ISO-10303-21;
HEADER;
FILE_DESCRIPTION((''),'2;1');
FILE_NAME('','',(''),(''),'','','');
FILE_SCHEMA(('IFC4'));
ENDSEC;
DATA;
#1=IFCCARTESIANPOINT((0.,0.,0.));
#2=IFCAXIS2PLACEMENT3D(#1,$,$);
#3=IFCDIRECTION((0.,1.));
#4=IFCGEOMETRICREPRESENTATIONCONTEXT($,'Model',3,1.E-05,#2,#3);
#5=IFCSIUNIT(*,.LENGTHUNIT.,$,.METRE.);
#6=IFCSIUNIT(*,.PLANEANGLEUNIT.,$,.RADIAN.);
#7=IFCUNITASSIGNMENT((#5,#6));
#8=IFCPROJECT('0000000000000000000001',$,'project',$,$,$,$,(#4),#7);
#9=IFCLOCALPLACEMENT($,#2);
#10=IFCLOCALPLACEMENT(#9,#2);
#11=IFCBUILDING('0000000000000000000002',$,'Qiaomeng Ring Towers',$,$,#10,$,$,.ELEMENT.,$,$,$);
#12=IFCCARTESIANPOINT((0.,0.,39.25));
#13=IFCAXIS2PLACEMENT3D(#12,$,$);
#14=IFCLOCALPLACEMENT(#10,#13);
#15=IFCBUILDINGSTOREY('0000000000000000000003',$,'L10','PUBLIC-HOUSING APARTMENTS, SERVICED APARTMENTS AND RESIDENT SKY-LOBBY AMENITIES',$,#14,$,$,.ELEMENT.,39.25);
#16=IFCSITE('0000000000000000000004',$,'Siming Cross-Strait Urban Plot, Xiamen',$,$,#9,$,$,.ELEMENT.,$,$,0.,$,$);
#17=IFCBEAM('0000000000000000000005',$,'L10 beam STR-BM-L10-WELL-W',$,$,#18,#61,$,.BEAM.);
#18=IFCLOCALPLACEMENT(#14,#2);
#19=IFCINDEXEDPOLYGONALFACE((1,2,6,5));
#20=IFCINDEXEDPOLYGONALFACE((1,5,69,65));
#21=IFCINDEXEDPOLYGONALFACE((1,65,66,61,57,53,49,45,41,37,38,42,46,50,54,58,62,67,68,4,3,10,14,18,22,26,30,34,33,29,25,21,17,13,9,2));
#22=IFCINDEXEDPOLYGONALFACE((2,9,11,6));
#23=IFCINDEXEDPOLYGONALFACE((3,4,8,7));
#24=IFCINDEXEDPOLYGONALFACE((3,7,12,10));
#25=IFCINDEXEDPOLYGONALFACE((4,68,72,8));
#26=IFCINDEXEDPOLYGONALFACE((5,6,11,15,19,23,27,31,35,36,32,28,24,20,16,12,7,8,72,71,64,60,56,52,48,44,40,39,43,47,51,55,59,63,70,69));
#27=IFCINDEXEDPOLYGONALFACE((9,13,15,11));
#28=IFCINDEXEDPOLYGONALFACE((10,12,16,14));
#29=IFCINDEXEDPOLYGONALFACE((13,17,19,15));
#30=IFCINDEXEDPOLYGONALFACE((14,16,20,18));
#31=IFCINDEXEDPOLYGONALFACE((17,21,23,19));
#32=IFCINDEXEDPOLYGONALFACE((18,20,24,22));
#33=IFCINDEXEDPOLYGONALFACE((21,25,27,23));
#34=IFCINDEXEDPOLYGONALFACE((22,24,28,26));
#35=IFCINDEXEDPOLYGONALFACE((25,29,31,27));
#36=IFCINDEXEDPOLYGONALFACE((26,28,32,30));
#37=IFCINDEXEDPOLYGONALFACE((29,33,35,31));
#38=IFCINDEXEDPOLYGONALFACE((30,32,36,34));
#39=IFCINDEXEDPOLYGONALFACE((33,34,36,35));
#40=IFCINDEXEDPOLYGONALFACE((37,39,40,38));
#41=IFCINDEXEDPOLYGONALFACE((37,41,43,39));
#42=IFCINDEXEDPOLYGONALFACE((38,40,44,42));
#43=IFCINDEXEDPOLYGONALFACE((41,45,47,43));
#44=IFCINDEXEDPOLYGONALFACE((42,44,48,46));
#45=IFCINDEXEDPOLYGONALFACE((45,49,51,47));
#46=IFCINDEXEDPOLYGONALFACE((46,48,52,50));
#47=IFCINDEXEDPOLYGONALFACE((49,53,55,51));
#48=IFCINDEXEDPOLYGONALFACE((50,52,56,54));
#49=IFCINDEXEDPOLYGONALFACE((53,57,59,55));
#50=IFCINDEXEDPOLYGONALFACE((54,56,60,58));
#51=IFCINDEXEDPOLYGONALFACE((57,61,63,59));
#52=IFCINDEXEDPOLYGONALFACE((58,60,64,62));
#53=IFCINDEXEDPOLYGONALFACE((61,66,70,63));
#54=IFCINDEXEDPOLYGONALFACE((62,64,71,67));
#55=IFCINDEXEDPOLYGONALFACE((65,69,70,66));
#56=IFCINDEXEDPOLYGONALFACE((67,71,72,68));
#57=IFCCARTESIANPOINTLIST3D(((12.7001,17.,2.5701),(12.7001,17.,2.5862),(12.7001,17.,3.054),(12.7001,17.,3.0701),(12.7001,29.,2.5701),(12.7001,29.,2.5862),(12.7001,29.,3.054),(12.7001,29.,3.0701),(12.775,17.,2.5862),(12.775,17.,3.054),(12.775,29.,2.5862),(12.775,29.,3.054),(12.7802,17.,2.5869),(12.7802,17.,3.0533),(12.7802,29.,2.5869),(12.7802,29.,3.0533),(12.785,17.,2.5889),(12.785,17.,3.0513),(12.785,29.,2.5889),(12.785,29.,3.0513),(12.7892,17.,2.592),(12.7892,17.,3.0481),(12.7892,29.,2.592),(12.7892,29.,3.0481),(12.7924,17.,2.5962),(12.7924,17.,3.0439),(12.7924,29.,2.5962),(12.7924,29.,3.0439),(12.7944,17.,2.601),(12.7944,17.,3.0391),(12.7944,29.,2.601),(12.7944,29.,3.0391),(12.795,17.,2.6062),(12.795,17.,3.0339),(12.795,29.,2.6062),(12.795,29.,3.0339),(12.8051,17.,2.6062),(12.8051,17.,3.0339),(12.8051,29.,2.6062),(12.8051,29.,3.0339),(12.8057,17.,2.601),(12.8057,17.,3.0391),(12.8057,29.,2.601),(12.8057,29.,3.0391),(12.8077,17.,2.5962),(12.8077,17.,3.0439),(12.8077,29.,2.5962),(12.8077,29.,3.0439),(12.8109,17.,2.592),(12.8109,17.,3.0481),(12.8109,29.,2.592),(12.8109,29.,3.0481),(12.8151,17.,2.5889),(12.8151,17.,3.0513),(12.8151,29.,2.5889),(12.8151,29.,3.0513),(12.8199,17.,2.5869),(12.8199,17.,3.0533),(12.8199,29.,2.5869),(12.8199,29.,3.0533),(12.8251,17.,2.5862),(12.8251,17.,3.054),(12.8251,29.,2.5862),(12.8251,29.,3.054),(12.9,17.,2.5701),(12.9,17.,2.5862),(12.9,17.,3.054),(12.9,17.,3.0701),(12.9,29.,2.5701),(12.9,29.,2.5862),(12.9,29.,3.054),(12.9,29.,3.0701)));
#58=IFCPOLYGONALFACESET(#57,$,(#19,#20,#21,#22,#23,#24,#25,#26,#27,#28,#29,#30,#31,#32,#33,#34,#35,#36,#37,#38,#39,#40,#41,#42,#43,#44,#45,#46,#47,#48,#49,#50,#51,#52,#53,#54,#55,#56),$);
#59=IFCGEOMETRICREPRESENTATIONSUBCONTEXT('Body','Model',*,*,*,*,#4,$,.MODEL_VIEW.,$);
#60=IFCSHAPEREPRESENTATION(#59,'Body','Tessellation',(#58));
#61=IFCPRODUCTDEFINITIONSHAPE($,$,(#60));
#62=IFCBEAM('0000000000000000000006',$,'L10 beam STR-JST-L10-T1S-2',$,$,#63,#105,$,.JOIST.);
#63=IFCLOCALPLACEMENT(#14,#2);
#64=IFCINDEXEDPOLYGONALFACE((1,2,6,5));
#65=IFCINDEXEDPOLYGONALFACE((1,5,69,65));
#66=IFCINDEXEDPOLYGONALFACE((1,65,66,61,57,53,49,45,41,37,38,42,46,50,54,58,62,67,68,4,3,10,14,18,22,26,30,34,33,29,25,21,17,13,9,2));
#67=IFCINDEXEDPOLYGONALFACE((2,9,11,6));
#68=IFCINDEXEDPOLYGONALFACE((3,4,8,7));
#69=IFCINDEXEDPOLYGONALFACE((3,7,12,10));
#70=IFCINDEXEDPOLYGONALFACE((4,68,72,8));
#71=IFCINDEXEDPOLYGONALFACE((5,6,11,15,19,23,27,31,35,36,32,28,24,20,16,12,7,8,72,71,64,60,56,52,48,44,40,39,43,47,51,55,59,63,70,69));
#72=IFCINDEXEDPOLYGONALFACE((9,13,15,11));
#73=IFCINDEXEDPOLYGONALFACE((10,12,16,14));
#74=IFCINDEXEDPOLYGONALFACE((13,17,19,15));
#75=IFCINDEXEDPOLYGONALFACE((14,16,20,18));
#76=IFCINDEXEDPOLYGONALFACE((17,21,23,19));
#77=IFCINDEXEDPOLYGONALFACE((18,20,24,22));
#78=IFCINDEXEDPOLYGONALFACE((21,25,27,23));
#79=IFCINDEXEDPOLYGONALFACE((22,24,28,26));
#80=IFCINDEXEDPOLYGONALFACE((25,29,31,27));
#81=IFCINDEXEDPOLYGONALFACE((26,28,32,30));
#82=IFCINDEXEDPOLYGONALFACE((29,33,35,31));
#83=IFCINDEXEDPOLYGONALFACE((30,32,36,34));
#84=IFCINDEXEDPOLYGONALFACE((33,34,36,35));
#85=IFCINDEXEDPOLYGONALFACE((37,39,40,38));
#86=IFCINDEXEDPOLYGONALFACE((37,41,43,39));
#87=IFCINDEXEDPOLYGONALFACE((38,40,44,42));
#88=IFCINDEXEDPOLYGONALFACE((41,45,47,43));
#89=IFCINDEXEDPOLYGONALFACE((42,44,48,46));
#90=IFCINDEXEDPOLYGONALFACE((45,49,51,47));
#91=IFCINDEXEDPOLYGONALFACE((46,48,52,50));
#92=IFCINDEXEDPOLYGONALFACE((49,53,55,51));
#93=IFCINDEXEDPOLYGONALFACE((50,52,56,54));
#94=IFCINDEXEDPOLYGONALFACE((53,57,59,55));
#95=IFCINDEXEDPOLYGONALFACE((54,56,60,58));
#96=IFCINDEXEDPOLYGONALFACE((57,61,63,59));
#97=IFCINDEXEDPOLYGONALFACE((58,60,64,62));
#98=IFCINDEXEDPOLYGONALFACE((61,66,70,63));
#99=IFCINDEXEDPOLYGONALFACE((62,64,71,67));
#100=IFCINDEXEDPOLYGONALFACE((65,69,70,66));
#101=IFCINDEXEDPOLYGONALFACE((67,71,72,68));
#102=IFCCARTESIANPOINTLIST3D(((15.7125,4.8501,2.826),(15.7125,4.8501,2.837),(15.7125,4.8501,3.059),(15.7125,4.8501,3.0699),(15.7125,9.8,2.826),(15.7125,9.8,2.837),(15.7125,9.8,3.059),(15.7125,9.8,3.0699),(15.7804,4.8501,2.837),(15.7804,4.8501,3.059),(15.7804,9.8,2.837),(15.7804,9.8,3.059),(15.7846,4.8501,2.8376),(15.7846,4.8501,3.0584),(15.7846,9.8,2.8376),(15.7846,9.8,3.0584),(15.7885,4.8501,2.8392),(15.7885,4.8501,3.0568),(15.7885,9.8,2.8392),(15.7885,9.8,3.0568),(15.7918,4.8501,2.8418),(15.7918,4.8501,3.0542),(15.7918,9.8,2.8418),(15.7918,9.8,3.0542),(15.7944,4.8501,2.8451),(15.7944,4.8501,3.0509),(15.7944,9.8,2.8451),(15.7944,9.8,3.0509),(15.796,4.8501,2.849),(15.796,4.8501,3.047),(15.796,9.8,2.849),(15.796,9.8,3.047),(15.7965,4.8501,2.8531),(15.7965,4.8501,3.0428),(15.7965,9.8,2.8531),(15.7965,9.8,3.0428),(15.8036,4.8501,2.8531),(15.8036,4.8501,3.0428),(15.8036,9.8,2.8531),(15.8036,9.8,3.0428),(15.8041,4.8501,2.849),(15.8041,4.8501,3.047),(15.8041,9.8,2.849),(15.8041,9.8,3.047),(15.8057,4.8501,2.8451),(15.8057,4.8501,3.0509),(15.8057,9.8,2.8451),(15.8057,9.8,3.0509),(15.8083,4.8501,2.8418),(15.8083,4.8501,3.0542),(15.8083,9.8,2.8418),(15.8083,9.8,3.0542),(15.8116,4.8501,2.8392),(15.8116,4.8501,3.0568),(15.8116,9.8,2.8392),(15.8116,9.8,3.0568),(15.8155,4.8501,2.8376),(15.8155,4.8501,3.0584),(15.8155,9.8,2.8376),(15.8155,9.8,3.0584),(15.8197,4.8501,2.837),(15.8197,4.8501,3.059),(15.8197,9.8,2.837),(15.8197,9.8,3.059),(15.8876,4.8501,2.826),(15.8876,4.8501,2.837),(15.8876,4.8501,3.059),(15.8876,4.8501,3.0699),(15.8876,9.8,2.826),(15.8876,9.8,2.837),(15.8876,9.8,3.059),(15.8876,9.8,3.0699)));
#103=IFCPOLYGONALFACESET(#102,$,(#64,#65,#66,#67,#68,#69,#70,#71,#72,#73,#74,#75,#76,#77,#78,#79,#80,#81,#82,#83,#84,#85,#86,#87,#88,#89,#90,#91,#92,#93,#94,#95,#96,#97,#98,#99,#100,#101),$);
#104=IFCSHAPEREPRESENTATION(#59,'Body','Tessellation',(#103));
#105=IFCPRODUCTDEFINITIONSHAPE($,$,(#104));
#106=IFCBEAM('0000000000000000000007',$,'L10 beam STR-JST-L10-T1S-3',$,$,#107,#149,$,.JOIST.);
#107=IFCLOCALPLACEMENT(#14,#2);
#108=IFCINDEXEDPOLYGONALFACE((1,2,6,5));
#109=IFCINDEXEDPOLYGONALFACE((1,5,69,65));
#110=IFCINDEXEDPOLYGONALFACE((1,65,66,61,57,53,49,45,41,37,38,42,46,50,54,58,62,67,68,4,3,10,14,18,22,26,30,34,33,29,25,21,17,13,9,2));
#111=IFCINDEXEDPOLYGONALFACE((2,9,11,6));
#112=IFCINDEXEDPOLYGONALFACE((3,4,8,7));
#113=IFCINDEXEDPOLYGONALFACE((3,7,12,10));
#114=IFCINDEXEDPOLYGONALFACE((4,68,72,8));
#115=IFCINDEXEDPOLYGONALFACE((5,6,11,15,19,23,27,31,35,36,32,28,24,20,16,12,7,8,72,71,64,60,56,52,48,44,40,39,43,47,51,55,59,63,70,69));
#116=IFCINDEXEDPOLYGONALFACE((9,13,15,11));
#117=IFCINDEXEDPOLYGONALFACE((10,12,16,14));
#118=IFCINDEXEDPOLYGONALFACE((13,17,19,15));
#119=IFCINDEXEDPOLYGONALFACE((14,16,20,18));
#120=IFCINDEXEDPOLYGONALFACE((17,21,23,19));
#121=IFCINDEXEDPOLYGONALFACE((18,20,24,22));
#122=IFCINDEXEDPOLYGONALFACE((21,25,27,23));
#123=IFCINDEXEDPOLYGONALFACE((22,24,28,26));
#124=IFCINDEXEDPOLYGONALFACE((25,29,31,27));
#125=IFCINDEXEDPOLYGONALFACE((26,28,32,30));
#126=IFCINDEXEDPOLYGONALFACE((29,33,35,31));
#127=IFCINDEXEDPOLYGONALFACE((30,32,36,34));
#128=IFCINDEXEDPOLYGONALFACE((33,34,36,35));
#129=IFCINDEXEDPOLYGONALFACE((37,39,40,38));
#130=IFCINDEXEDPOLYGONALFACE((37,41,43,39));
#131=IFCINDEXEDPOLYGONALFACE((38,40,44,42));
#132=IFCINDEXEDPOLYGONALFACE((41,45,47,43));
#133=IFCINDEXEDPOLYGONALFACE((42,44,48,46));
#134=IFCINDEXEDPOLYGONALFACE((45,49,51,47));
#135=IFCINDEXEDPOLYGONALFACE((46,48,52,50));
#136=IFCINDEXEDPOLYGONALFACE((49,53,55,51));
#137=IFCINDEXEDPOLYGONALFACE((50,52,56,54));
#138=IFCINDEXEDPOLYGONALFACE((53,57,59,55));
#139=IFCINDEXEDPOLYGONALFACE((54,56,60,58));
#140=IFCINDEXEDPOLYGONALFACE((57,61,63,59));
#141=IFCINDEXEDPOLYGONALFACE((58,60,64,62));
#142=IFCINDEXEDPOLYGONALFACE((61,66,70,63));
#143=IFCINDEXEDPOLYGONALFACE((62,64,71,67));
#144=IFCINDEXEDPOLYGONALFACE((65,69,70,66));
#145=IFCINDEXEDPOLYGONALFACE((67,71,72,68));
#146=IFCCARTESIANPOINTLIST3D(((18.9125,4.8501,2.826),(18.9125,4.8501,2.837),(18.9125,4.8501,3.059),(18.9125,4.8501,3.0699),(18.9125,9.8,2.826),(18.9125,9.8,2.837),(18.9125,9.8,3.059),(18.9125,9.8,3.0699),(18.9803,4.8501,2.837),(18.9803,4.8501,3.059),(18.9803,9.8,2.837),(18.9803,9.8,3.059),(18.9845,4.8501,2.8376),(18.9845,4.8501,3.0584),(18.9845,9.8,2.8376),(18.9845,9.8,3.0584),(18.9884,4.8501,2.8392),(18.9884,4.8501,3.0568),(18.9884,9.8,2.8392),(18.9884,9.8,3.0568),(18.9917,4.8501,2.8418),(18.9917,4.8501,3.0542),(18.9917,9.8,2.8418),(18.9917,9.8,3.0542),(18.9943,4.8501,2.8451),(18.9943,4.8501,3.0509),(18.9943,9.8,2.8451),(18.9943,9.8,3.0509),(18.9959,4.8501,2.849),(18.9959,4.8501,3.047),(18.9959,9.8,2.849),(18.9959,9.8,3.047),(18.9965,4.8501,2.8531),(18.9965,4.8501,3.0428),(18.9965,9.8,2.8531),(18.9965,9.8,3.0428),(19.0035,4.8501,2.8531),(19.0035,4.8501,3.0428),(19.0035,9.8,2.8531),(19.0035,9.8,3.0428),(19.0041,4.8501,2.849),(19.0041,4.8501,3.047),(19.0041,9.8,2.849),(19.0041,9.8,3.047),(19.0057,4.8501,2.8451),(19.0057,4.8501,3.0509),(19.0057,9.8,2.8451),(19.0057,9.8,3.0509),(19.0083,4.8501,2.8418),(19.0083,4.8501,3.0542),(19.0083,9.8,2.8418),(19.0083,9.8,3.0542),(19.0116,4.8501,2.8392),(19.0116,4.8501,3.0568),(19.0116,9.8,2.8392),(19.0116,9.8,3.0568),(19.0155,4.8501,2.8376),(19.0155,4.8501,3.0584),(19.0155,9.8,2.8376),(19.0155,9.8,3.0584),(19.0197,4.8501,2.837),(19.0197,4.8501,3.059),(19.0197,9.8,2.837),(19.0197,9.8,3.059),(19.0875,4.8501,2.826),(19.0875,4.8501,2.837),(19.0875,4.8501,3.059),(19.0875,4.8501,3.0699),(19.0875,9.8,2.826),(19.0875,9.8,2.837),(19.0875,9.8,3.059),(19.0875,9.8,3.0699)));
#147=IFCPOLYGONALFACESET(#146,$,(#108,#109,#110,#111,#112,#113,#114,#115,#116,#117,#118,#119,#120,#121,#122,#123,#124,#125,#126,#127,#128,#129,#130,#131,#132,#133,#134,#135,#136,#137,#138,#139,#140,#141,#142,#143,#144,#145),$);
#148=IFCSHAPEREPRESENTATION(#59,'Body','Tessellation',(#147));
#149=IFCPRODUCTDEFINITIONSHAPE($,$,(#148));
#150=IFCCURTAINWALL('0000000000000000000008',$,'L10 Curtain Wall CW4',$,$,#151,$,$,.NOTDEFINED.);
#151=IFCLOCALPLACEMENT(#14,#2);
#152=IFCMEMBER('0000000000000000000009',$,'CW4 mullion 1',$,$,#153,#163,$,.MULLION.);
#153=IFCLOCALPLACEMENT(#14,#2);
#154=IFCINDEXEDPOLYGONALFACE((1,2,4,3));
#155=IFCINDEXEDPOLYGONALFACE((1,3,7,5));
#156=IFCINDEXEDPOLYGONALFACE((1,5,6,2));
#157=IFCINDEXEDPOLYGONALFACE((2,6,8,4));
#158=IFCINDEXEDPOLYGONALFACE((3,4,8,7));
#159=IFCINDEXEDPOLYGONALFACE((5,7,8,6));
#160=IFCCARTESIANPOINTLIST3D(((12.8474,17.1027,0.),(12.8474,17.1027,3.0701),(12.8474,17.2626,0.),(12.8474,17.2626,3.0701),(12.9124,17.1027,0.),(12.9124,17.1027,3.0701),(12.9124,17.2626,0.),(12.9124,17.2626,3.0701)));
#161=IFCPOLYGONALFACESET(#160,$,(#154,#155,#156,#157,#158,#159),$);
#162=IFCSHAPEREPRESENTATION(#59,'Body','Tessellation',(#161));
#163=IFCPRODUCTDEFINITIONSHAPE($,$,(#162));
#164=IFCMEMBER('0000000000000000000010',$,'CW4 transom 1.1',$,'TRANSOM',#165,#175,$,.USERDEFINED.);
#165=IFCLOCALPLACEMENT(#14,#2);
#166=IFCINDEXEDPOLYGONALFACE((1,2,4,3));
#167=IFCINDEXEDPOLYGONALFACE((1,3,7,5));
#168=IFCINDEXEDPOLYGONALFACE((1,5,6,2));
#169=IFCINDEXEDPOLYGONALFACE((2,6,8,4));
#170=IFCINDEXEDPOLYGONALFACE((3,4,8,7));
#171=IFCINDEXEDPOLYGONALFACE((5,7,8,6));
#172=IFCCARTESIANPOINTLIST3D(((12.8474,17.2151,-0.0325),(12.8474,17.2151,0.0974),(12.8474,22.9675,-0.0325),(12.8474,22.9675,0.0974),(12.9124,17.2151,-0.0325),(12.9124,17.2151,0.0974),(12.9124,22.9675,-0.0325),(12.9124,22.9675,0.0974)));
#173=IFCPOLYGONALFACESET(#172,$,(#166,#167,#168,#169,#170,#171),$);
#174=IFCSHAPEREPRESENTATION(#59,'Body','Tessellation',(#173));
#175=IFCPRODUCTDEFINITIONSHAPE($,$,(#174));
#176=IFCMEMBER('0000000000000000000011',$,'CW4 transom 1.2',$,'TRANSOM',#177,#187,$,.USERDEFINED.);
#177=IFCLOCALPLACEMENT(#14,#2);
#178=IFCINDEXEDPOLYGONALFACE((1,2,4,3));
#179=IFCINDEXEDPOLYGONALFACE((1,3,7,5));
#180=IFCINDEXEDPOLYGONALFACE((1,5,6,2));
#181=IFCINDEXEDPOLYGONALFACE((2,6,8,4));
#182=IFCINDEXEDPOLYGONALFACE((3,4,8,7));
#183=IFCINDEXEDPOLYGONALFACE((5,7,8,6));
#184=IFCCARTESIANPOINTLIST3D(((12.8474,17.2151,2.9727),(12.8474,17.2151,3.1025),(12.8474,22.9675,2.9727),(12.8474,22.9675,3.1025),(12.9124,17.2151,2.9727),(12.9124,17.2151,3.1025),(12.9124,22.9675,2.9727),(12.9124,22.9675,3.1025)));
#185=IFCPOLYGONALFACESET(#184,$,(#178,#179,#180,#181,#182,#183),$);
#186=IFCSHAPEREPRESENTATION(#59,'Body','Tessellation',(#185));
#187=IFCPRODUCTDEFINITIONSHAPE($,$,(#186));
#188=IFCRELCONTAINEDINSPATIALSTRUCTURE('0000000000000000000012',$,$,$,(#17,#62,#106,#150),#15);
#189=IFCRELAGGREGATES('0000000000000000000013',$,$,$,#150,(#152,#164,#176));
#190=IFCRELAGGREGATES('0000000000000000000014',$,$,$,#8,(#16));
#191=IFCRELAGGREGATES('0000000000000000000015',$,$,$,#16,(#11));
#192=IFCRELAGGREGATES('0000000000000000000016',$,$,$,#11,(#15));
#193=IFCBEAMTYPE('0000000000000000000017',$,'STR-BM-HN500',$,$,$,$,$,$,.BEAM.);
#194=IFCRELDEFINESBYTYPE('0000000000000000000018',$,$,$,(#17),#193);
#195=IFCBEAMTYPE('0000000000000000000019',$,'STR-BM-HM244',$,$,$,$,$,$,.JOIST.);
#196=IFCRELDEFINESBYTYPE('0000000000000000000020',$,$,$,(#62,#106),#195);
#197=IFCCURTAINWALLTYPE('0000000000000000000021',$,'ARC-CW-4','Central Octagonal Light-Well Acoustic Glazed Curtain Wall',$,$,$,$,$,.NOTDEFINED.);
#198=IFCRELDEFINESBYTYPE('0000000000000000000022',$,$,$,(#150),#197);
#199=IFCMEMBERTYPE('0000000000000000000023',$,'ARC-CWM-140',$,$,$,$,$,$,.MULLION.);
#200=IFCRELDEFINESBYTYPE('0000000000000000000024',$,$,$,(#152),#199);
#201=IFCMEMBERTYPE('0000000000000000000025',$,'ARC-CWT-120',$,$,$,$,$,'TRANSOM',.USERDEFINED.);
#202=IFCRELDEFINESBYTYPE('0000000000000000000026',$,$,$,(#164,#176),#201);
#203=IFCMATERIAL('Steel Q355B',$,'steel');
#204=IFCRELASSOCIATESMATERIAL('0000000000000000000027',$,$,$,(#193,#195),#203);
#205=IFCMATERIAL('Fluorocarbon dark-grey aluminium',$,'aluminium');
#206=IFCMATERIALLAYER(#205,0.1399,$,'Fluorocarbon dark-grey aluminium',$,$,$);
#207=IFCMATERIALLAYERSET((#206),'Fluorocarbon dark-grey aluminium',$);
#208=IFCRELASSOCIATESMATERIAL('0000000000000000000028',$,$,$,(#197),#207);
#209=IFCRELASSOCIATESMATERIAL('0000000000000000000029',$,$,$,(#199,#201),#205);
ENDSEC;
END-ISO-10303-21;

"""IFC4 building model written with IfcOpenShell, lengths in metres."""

from ifc_helpers import new_model, si_unit, direction, frame, origin, origin_2d, place, context, subcontext, project, spatial, rectangle, i_section, extrude, source, transform, mapped, material, layer, layer_set, material_profile, profile_set, type_object, element, aggregate, save


model = new_model("IFC4")

# Units and contexts
model_context = context("Model", 3, precision=1e-05, world=origin(), true_north=direction((0.0, 1.0)))
body_context = subcontext(model_context, "Body", "Model", "MODEL_VIEW")
ifc_project = project(units=[si_unit("LENGTHUNIT", "METRE"), si_unit("PLANEANGLEUNIT", "RADIAN")], contexts=[model_context])

# Site, building, storey
site_placement = place(None, origin())
site = spatial("IfcSite", under=ifc_project, at=site_placement, Name="Siming Cross-Strait Urban Plot, Xiamen", CompositionType="ELEMENT", RefElevation=0.0)
building_placement = place(site_placement, origin())
building = spatial("IfcBuilding", under=site, at=building_placement, Name="Qiaomeng Ring Towers", CompositionType="ELEMENT")
storey_placement = place(building_placement, frame((0.0, 0.0, 39.25)))
storey = spatial("IfcBuildingStorey", under=building, at=storey_placement, Name="L10", Description="PUBLIC-HOUSING APARTMENTS, SERVICED APARTMENTS AND RESIDENT SKY-LOBBY AMENITIES", CompositionType="ELEMENT", Elevation=39.25)

# Beams
ifc_material_1 = material(Name="Steel Q355B", Category="steel")
ifc_material_profile_1 = material_profile(ifc_material_1, i_section(OverallWidth=0.2, OverallDepth=0.5, WebThickness=0.01, FlangeThickness=0.0161, FilletRadius=0.02, at=origin_2d()), Name="HN 500x200x10x16")
ifc_profile_set_1 = profile_set([ifc_material_profile_1], Name="Steel Q355B")
beam_type_1 = type_object("IfcBeamType", Name="STR-BM-HN500", PredefinedType="BEAM", material=ifc_profile_set_1)
shared_shape_1 = source(origin(), body_context, "Body", "SweptSolid", [
    extrude(i_section(OverallWidth=0.2, OverallDepth=0.5, WebThickness=0.01, FlangeThickness=0.0161, FilletRadius=0.02, at=origin_2d()), origin(), (0.0, 0.0, 1.0), 12.0),
])
beam_placement = place(storey_placement, frame((12.8, 17.0, 2.8201), z_axis=(0.0, 1.0, 0.0), x_axis=(-1.0, 0.0, 0.0)))
element("IfcBeam", 1, at=beam_placement, inside=storey, type_object=beam_type_1, Name="L10 beam STR-BM-L10-WELL-W", PredefinedType="BEAM", context=body_context, shape_type="MappedRepresentation", body=[
    mapped(shared_shape_1, transform((0.0, 0.0, 0.0), x_axis=(1.0, 0.0, 0.0), y_axis=(0.0, 1.0, 0.0), z_axis=(0.0, 0.0, 1.0), scale=1.0)),
])
ifc_material_profile_2 = material_profile(ifc_material_1, i_section(OverallWidth=0.175, OverallDepth=0.2439, WebThickness=0.0071, FlangeThickness=0.011, FilletRadius=0.0161, at=origin_2d()), Name="HM 244x175x7x11")
ifc_profile_set_2 = profile_set([ifc_material_profile_2], Name="Steel Q355B")
beam_type_2 = type_object("IfcBeamType", Name="STR-BM-HM244", PredefinedType="JOIST", material=ifc_profile_set_2)
shared_shape_2 = source(origin(), body_context, "Body", "SweptSolid", [
    extrude(i_section(OverallWidth=0.175, OverallDepth=0.2439, WebThickness=0.0071, FlangeThickness=0.011, FilletRadius=0.0161, at=origin_2d()), origin(), (0.0, 0.0, 1.0), 4.95),
])
for number, where, z_axis, x_axis, name in (
    (2, (15.8, 4.8501, 2.948), (0.0, 1.0, 0.0), (-1.0, 0.0, 0.0), "L10 beam STR-JST-L10-T1S-2"),
    (3, (19.0, 4.8501, 2.948), (0.0, 1.0, 0.0), (-1.0, 0.0, 0.0), "L10 beam STR-JST-L10-T1S-3"),
):
    element("IfcBeam", number, at=place(storey_placement, frame(where, z_axis=z_axis, x_axis=x_axis)), inside=storey, type_object=beam_type_2, Name=name, PredefinedType="JOIST", context=body_context, shape_type="MappedRepresentation", body=[
        mapped(shared_shape_2, transform((0.0, 0.0, 0.0), x_axis=(1.0, 0.0, 0.0), y_axis=(0.0, 1.0, 0.0), z_axis=(0.0, 0.0, 1.0), scale=1.0)),
    ])

# Curtain wall, members
ifc_material_2 = material(Name="Fluorocarbon dark-grey aluminium", Category="aluminium")
ifc_layer_1 = layer(ifc_material_2, 0.1399, Name="Fluorocarbon dark-grey aluminium")
ifc_layer_set_1 = layer_set([ifc_layer_1], Name="Fluorocarbon dark-grey aluminium")
curtain_wall_type = type_object("IfcCurtainWallType", Name="ARC-CW-4", Description="Central Octagonal Light-Well Acoustic Glazed Curtain Wall", PredefinedType="NOTDEFINED", material=ifc_layer_set_1)
curtain_wall_placement = place(storey_placement, origin())
curtain_wall = element("IfcCurtainWall", 4, at=curtain_wall_placement, inside=storey, type_object=curtain_wall_type, Name="L10 Curtain Wall CW4", PredefinedType="NOTDEFINED")
ifc_material_profile_3 = material_profile(ifc_material_2, rectangle(XDim=0.0649, YDim=0.1599, at=origin_2d()), Name="ALU MULL 65x160")
ifc_profile_set_3 = profile_set([ifc_material_profile_3], Name="Fluorocarbon dark-grey aluminium")
member_type_1 = type_object("IfcMemberType", Name="ARC-CWM-140", PredefinedType="MULLION", material=ifc_profile_set_3)
shared_shape_3 = source(origin(), body_context, "Body", "SweptSolid", [
    extrude(rectangle(XDim=0.0649, YDim=0.1599, at=origin_2d()), origin(), (0.0, 0.0, 1.0), 3.0701),
])
member_1_placement = place(storey_placement, frame((12.8799, 17.1826, 0.0), z_axis=(0.0, 0.0, 1.0), x_axis=(-1.0, 0.0, 0.0)))
member_1 = element("IfcMember", 5, at=member_1_placement, type_object=member_type_1, Name="CW4 mullion 1", PredefinedType="MULLION", context=body_context, shape_type="MappedRepresentation", body=[
    mapped(shared_shape_3, transform((0.0, 0.0, 0.0), x_axis=(1.0, 0.0, 0.0), y_axis=(0.0, 1.0, 0.0), z_axis=(0.0, 0.0, 1.0), scale=1.0)),
])
ifc_material_profile_4 = material_profile(ifc_material_2, rectangle(XDim=0.0649, YDim=0.1299, at=origin_2d()), Name="ALU TRAN 65x130")
ifc_profile_set_4 = profile_set([ifc_material_profile_4], Name="Fluorocarbon dark-grey aluminium")
member_type_2 = type_object("IfcMemberType", Name="ARC-CWT-120", ElementType="TRANSOM", PredefinedType="USERDEFINED", material=ifc_profile_set_4)
shared_shape_4 = source(origin(), body_context, "Body", "SweptSolid", [
    extrude(rectangle(XDim=0.0649, YDim=0.1299, at=origin_2d()), origin(), (0.0, 0.0, 1.0), 5.7524),
])
member_2_placement = place(storey_placement, frame((12.8799, 17.2151, 0.0325), z_axis=(0.0, 1.0, 0.0), x_axis=(-1.0, 0.0, 0.0)))
member_2 = element("IfcMember", 6, at=member_2_placement, type_object=member_type_2, Name="CW4 transom 1.1", ObjectType="TRANSOM", PredefinedType="USERDEFINED", context=body_context, shape_type="MappedRepresentation", body=[
    mapped(shared_shape_4, transform((0.0, 0.0, 0.0), x_axis=(1.0, 0.0, 0.0), y_axis=(0.0, 1.0, 0.0), z_axis=(0.0, 0.0, 1.0), scale=1.0)),
])
member_3_placement = place(storey_placement, frame((12.8799, 17.2151, 3.0376), z_axis=(0.0, 1.0, 0.0), x_axis=(-1.0, 0.0, 0.0)))
member_3 = element("IfcMember", 7, at=member_3_placement, type_object=member_type_2, Name="CW4 transom 1.2", ObjectType="TRANSOM", PredefinedType="USERDEFINED", context=body_context, shape_type="MappedRepresentation", body=[
    mapped(shared_shape_4, transform((0.0, 0.0, 0.0), x_axis=(1.0, 0.0, 0.0), y_axis=(0.0, 1.0, 0.0), z_axis=(0.0, 0.0, 1.0), scale=1.0)),
])
aggregate(curtain_wall, [member_1, member_2, member_3])

save(model, "model.ifc")
